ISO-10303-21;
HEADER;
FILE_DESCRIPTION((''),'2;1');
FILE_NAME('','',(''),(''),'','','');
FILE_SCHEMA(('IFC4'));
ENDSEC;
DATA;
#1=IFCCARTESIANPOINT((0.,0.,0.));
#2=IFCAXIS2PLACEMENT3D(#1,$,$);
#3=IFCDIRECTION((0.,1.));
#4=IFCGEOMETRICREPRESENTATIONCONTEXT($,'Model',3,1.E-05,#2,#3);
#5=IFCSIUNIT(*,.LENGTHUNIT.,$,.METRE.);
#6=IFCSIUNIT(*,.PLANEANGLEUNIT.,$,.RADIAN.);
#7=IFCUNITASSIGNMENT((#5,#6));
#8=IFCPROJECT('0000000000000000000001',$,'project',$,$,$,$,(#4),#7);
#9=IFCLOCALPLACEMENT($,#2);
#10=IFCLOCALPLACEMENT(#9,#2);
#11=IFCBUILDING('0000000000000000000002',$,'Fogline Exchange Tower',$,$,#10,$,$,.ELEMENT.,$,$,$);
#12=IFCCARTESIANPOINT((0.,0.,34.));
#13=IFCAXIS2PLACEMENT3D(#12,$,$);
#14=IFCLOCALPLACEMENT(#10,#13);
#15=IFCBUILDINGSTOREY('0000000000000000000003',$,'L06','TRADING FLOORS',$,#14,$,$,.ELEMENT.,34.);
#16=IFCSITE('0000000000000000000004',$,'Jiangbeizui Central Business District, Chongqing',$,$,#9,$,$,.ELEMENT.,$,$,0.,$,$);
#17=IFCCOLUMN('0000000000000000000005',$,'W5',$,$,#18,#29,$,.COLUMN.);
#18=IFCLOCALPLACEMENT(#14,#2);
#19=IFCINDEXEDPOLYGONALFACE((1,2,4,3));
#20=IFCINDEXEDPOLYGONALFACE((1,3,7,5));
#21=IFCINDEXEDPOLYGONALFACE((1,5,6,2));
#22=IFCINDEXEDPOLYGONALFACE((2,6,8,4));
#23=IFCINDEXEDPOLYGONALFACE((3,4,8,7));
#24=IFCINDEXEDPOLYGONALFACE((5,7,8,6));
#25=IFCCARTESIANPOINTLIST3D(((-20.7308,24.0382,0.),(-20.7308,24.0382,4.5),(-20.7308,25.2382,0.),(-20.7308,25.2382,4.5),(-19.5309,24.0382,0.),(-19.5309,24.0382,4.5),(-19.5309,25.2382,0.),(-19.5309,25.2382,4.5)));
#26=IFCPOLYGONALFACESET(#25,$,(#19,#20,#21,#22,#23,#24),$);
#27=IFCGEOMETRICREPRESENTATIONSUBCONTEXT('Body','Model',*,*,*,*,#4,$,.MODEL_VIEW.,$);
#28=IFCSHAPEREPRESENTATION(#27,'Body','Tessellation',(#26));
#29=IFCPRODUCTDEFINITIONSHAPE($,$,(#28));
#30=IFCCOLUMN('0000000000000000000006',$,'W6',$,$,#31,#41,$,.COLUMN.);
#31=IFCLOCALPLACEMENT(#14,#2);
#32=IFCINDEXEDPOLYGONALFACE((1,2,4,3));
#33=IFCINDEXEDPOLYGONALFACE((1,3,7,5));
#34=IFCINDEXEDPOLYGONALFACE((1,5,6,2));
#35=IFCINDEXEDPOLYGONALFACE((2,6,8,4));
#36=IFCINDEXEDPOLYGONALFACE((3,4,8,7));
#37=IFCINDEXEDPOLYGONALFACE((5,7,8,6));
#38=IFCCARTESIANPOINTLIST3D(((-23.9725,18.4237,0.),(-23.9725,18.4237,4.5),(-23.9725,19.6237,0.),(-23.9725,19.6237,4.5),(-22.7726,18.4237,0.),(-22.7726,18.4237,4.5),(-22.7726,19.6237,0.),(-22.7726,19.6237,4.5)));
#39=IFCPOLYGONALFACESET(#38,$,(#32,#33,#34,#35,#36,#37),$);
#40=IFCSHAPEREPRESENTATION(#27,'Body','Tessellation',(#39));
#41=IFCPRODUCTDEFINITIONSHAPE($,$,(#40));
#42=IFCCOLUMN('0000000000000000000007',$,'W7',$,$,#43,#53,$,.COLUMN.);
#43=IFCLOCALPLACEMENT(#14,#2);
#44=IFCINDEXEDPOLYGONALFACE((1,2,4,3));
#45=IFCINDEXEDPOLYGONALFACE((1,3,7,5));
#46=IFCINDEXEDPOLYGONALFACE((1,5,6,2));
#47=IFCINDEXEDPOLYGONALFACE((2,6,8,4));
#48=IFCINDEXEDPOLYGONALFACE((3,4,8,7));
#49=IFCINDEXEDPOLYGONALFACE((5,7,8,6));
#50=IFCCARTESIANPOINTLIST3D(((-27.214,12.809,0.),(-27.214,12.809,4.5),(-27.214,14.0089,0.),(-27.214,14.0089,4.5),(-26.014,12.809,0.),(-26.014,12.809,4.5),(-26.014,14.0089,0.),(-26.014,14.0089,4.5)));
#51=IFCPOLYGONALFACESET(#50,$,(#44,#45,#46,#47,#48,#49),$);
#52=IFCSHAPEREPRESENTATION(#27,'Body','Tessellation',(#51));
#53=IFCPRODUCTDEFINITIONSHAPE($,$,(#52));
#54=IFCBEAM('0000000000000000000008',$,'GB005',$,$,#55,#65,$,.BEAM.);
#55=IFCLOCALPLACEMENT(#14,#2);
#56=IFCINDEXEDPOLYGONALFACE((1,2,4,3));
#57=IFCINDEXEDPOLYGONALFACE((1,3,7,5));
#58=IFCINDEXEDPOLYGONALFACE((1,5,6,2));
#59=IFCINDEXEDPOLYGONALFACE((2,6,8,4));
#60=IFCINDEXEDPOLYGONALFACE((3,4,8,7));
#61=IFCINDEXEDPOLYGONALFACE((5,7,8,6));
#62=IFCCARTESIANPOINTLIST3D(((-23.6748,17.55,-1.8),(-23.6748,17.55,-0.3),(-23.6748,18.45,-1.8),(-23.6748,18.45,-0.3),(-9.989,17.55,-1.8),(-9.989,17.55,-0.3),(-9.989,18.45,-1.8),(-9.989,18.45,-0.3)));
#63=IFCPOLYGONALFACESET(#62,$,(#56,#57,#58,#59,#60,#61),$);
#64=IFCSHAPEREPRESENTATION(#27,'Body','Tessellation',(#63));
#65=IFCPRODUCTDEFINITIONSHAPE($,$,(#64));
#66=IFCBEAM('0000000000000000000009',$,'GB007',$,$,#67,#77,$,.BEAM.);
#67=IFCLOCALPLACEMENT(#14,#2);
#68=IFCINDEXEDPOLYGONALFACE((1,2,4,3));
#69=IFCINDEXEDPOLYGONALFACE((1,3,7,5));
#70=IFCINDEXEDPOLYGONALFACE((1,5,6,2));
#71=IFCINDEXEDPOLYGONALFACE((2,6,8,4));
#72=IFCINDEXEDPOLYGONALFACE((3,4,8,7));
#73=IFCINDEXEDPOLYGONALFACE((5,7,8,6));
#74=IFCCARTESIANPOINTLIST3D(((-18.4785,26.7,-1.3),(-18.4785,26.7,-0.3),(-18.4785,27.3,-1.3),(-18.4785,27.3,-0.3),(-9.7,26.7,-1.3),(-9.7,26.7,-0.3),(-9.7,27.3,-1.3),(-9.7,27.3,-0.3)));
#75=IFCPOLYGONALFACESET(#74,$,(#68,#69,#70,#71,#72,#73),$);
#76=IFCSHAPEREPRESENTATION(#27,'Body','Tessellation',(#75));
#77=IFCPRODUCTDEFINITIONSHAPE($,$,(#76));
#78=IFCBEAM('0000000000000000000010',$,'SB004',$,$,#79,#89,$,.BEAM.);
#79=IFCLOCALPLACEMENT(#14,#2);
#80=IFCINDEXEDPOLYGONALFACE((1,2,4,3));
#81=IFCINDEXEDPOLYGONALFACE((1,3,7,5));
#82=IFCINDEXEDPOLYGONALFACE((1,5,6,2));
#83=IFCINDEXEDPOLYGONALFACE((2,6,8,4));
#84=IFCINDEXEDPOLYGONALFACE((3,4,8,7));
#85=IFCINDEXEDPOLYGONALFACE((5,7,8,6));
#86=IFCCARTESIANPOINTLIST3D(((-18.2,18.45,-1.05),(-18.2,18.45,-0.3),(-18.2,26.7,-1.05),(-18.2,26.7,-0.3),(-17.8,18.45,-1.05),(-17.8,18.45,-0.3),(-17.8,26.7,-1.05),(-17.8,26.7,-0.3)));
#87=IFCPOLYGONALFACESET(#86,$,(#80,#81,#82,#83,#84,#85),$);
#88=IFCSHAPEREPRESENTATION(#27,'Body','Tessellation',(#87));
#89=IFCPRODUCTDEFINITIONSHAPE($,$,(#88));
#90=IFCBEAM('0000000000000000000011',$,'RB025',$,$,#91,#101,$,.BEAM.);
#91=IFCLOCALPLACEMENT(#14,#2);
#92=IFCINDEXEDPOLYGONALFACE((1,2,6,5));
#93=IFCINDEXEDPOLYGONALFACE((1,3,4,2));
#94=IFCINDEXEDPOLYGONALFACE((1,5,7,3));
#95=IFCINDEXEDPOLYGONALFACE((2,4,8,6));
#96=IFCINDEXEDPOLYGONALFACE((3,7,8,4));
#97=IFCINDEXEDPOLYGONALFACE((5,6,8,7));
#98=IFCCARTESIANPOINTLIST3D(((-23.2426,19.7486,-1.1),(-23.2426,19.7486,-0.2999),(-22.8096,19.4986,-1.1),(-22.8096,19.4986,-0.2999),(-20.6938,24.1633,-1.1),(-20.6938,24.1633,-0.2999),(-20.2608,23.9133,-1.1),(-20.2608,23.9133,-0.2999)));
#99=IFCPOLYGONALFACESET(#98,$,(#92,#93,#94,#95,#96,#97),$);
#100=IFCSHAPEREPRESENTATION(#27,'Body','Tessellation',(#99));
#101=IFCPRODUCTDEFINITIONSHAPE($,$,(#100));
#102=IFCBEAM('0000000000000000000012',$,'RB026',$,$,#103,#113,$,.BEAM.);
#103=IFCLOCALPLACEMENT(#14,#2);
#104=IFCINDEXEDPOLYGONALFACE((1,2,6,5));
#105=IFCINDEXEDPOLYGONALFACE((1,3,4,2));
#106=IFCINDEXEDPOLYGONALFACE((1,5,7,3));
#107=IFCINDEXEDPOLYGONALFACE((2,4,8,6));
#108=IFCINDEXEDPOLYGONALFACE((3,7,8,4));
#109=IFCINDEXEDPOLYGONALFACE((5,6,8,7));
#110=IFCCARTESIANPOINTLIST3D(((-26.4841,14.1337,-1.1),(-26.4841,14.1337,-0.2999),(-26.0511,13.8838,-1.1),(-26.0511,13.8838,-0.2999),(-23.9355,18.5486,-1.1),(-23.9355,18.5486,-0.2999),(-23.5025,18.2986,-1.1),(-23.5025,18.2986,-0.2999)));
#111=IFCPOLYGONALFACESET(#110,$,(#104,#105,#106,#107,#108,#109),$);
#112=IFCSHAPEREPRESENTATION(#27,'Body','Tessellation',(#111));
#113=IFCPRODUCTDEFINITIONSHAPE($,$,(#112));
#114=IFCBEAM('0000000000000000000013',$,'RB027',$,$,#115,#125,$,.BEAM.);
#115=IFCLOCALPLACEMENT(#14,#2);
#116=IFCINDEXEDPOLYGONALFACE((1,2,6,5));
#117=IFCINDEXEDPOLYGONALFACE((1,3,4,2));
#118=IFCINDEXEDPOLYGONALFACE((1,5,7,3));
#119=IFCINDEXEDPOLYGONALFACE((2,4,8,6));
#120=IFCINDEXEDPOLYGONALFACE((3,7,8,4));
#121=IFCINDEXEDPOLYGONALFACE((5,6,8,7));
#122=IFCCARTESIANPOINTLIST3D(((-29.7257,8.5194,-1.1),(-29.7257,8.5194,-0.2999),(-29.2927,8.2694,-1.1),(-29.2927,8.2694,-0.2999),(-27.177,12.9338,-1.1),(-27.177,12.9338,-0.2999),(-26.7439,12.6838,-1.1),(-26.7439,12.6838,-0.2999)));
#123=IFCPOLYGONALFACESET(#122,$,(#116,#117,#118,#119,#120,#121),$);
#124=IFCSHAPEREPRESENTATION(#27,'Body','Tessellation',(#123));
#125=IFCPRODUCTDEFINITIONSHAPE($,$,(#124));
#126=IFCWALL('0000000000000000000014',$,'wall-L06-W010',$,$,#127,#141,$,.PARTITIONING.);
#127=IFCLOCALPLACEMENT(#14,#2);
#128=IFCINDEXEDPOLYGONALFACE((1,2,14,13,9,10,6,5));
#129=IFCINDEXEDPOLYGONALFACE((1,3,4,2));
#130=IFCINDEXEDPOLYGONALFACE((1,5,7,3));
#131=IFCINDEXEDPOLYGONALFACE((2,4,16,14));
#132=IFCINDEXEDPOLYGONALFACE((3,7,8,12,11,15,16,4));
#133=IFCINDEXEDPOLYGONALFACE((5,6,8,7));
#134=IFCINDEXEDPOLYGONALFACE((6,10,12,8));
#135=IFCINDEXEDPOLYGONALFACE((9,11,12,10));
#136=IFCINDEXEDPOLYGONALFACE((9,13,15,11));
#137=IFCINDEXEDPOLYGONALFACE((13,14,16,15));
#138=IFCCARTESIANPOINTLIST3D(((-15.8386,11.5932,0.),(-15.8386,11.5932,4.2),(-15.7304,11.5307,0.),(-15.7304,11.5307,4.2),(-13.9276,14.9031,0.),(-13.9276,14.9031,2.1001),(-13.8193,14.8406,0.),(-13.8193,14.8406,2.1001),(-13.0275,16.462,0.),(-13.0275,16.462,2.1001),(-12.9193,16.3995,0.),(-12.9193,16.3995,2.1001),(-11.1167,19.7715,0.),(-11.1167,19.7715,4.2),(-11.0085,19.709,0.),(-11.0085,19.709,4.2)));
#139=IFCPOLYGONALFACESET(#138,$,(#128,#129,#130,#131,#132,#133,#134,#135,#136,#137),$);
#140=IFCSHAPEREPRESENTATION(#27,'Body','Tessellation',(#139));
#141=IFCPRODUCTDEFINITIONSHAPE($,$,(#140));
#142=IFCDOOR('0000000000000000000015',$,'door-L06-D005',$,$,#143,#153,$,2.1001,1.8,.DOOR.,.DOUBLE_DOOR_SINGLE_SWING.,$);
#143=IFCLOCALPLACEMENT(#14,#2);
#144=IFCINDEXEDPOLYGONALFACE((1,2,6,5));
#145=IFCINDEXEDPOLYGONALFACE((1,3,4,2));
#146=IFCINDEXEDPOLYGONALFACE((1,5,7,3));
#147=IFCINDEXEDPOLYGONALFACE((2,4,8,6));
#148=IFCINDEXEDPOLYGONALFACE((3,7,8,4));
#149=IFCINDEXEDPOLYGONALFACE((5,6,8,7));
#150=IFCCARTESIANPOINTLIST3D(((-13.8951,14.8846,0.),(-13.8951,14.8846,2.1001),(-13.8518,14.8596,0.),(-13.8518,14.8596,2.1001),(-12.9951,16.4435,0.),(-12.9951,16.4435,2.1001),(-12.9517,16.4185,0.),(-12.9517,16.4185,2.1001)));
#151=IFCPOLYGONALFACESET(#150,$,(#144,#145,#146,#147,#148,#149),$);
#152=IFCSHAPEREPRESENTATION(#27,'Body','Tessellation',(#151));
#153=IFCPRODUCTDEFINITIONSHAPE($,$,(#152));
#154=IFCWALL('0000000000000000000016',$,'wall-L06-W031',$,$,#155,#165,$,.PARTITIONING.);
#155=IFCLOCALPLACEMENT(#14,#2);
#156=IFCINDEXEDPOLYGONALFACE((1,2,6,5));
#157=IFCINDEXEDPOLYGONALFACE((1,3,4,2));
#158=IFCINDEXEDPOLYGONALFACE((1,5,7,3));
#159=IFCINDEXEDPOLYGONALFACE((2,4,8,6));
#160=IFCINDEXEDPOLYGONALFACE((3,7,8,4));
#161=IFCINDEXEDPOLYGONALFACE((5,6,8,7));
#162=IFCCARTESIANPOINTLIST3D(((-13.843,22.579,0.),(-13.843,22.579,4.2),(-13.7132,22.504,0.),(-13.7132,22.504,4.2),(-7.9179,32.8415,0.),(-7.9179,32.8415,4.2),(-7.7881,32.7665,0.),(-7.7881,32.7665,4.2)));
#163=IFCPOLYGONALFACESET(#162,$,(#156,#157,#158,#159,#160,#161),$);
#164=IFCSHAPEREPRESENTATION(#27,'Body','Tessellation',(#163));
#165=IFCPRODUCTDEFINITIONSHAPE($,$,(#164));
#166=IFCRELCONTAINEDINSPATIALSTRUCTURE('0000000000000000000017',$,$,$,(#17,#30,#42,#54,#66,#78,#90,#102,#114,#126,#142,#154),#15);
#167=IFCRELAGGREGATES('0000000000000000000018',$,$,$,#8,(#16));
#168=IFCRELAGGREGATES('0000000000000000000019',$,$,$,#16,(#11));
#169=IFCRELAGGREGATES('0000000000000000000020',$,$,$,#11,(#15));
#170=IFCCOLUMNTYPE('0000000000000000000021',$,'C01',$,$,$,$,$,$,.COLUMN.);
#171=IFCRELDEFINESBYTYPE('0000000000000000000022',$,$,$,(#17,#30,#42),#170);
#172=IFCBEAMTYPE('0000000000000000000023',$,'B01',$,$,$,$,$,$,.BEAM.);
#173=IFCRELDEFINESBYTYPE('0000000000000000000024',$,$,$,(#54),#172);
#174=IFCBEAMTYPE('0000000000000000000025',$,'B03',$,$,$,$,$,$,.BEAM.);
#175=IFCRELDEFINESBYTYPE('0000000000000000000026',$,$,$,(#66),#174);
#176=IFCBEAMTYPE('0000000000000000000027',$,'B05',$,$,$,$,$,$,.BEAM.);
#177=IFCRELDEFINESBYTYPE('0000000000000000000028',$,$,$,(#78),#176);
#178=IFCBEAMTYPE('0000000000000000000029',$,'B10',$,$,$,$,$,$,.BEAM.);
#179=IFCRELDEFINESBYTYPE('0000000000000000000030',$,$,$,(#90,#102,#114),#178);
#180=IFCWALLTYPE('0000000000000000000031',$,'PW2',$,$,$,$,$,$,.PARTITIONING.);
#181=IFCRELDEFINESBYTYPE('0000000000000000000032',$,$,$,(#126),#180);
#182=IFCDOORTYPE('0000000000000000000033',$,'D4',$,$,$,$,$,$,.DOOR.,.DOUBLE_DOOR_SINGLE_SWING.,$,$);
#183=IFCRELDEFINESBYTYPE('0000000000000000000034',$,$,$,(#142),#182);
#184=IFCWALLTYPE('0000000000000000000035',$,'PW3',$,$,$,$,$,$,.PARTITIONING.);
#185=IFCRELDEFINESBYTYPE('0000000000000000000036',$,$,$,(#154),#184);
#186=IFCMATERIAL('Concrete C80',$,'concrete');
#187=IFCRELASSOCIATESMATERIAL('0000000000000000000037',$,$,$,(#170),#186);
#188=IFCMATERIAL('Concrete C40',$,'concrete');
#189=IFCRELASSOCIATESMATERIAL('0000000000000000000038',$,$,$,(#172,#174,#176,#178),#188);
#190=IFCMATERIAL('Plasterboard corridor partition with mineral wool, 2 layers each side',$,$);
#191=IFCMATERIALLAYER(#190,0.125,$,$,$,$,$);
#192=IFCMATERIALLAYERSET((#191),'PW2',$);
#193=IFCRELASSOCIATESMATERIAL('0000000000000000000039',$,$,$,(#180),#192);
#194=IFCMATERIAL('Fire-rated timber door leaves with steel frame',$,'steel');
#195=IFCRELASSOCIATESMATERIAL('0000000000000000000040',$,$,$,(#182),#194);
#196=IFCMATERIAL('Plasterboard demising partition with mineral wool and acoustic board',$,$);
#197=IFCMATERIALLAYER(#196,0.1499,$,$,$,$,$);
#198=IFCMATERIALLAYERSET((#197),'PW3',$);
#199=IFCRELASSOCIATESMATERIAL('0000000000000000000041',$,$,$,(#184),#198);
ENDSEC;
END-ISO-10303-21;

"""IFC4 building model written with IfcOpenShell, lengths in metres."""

from ifc_helpers import new_model, si_unit, direction, frame, frame_2d, origin, origin_2d, place, context, subcontext, project, spatial, rectangle, extrude, material, layer, layer_set, material_profile, profile_set, type_object, element, fill, save


model = new_model("IFC4")

# Units and contexts
model_context = context("Model", 3, precision=1e-05, world=origin(), true_north=direction((0.0, 1.0)))
body_context = subcontext(model_context, "Body", "Model", "MODEL_VIEW")
ifc_project = project(units=[si_unit("LENGTHUNIT", "METRE"), si_unit("PLANEANGLEUNIT", "RADIAN")], contexts=[model_context])

# Site, building, storey
site_placement = place(None, origin())
site = spatial("IfcSite", under=ifc_project, at=site_placement, Name="Jiangbeizui Central Business District, Chongqing", CompositionType="ELEMENT", RefElevation=0.0)
building_placement = place(site_placement, origin())
building = spatial("IfcBuilding", under=site, at=building_placement, Name="Fogline Exchange Tower", CompositionType="ELEMENT")
storey_placement = place(building_placement, frame((0.0, 0.0, 34.0)))
storey = spatial("IfcBuildingStorey", under=building, at=storey_placement, Name="L06", Description="TRADING FLOORS", CompositionType="ELEMENT", Elevation=34.0)

# Columns
ifc_material_1 = material(Name="Concrete C80", Category="concrete")
ifc_material_profile_1 = material_profile(ifc_material_1, rectangle(XDim=1.2, YDim=1.2, at=origin_2d()), Name="RC 1200x1200")
ifc_profile_set_1 = profile_set([ifc_material_profile_1], Name="Concrete C80")
column_type = type_object("IfcColumnType", Name="C01", PredefinedType="COLUMN", material=ifc_profile_set_1)
for number, where, z_axis, x_axis, name in (
    (1, (-20.1309, 24.6382, 0.0), (0.0, 0.0, 1.0), (1.0, 0.0, 0.0), "W5"),
    (2, (-23.3726, 19.0237, 0.0), (0.0, 0.0, 1.0), (1.0, 0.0, 0.0), "W6"),
    (3, (-26.614, 13.4089, 0.0), (0.0, 0.0, 1.0), (1.0, 0.0, 0.0), "W7"),
):
    element("IfcColumn", number, at=place(storey_placement, frame(where, z_axis=z_axis, x_axis=x_axis)), inside=storey, type_object=column_type, Name=name, PredefinedType="COLUMN", context=body_context, shape_type="SweptSolid", body=[
        extrude(rectangle(XDim=1.2, YDim=1.2, at=origin_2d()), origin(), (0.0, 0.0, 1.0), 4.5),
    ])

# Beams
ifc_material_2 = material(Name="Concrete C40", Category="concrete")
ifc_material_profile_2 = material_profile(ifc_material_2, rectangle(XDim=0.8999, YDim=1.5, at=origin_2d()), Name="RC 900x1500")
ifc_profile_set_2 = profile_set([ifc_material_profile_2], Name="Concrete C40")
beam_type_1 = type_object("IfcBeamType", Name="B01", PredefinedType="BEAM", material=ifc_profile_set_2)
beam_1_placement = place(storey_placement, frame((-23.6748, 18.0, -1.05), z_axis=(1.0, 0.0, 0.0), x_axis=(0.0, 1.0, 0.0)))
element("IfcBeam", 4, at=beam_1_placement, inside=storey, type_object=beam_type_1, Name="GB005", PredefinedType="BEAM", context=body_context, shape_type="SweptSolid", body=[
    extrude(rectangle(XDim=0.8999, YDim=1.5, at=origin_2d()), origin(), (0.0, 0.0, 1.0), 13.6858),
])
ifc_material_profile_3 = material_profile(ifc_material_2, rectangle(XDim=0.6001, YDim=1.0, at=origin_2d()), Name="RC 600x1000")
ifc_profile_set_3 = profile_set([ifc_material_profile_3], Name="Concrete C40")
beam_type_2 = type_object("IfcBeamType", Name="B03", PredefinedType="BEAM", material=ifc_profile_set_3)
beam_2_placement = place(storey_placement, frame((-18.4785, 27.0, -0.8), z_axis=(1.0, 0.0, 0.0), x_axis=(0.0, 1.0, 0.0)))
element("IfcBeam", 5, at=beam_2_placement, inside=storey, type_object=beam_type_2, Name="GB007", PredefinedType="BEAM", context=body_context, shape_type="SweptSolid", body=[
    extrude(rectangle(XDim=0.6001, YDim=1.0, at=origin_2d()), origin(), (0.0, 0.0, 1.0), 8.7786),
])
ifc_material_profile_4 = material_profile(ifc_material_2, rectangle(XDim=0.3999, YDim=0.75, at=origin_2d()), Name="RC 400x750")
ifc_profile_set_4 = profile_set([ifc_material_profile_4], Name="Concrete C40")
beam_type_3 = type_object("IfcBeamType", Name="B05", PredefinedType="BEAM", material=ifc_profile_set_4)
beam_3_placement = place(storey_placement, frame((-18.0, 18.45, -0.675), z_axis=(0.0, 1.0, 0.0), x_axis=(-1.0, 0.0, 0.0)))
element("IfcBeam", 6, at=beam_3_placement, inside=storey, type_object=beam_type_3, Name="SB004", PredefinedType="BEAM", context=body_context, shape_type="SweptSolid", body=[
    extrude(rectangle(XDim=0.3999, YDim=0.75, at=origin_2d()), origin(), (0.0, 0.0, 1.0), 8.25),
])
ifc_material_profile_5 = material_profile(ifc_material_2, rectangle(XDim=0.5, YDim=0.8, at=origin_2d()), Name="RC 500x800")
ifc_profile_set_5 = profile_set([ifc_material_profile_5], Name="Concrete C40")
beam_type_4 = type_object("IfcBeamType", Name="B10", PredefinedType="BEAM", material=ifc_profile_set_5)
for number, where, z_axis, x_axis, name in (
    (7, (-20.4773, 24.0383, -0.7), (-0.499992, -0.86603, 0.0), (0.86603, -0.499992, 0.0), "RB025"),
    (8, (-23.719, 18.4236, -0.7), (-0.499956, -0.866051, 0.0), (0.866051, -0.499956, 0.0), "RB026"),
):
    element("IfcBeam", number, at=place(storey_placement, frame(where, z_axis=z_axis, x_axis=x_axis)), inside=storey, type_object=beam_type_4, Name=name, PredefinedType="BEAM", context=body_context, shape_type="SweptSolid", body=[
        extrude(rectangle(XDim=0.5, YDim=0.8, at=origin_2d()), origin(), (0.0, 0.0, 1.0), 5.0977),
    ])
beam_4_placement = place(storey_placement, frame((-26.9604, 12.8088, -0.7), z_axis=(-0.500013, -0.866018, 0.0), x_axis=(0.866018, -0.500013, 0.0)))
element("IfcBeam", 9, at=beam_4_placement, inside=storey, type_object=beam_type_4, Name="RB027", PredefinedType="BEAM", context=body_context, shape_type="SweptSolid", body=[
    extrude(rectangle(XDim=0.5, YDim=0.8, at=origin_2d()), origin(), (0.0, 0.0, 1.0), 5.0974),
])

# Wall, opening, door
ifc_material_3 = material(Name="Plasterboard corridor partition with mineral wool, 2 layers each side")
ifc_layer_1 = layer(ifc_material_3, 0.125)
ifc_layer_set_1 = layer_set([ifc_layer_1], Name="PW2")
wall_type_1 = type_object("IfcWallType", Name="PW2", PredefinedType="PARTITIONING", material=ifc_layer_set_1)
wall_1_placement = place(storey_placement, frame((-15.7844, 11.562, 0.0), z_axis=(0.0, 0.0, 1.0), x_axis=(0.500007, 0.866022, 0.0)))
wall_1 = element("IfcWall", 10, at=wall_1_placement, inside=storey, type_object=wall_type_1, Name="wall-L06-W010", PredefinedType="PARTITIONING", context=body_context, shape_type="SweptSolid", body=[
    extrude(rectangle(XDim=9.4436, YDim=0.125, at=frame_2d((4.7217, 0.0))), origin(), (0.0, 0.0, 1.0), 4.2),
])
opening_1_placement = place(wall_1_placement, frame((3.822, 0.0, 0.0)))
opening_1 = element("IfcOpeningElement", 11, at=opening_1_placement, cuts=wall_1, PredefinedType="OPENING", context=body_context, shape_type="SweptSolid", body=[
    extrude(rectangle(XDim=1.8, YDim=2.1001, at=frame_2d((0.8999, 1.05))), frame((0.0, 0.0725, 0.0), z_axis=(0.0, -1.0, 0.0), x_axis=(1.0, 0.0, 0.0)), (0.0, 0.0, 1.0), 0.145),
])
ifc_material_4 = material(Name="Fire-rated timber door leaves with steel frame", Category="steel")
door_type_1 = type_object("IfcDoorType", Name="D4", OperationType="DOUBLE_DOOR_SINGLE_SWING", PredefinedType="DOOR", material=ifc_material_4)
door_1_placement = place(opening_1_placement, frame((1.8, 0.0, 0.0), z_axis=(0.0, 0.0, 1.0), x_axis=(-1.0, 0.0, 0.0)))
door_1 = element("IfcDoor", 12, at=door_1_placement, inside=storey, type_object=door_type_1, Name="door-L06-D005", OperationType="DOUBLE_DOOR_SINGLE_SWING", OverallHeight=2.1001, OverallWidth=1.8, PredefinedType="DOOR", context=body_context, shape_type="SweptSolid", body=[
    extrude(rectangle(XDim=1.8, YDim=2.1001, at=frame_2d((0.8999, 1.05))), frame((0.0, 0.0249, 0.0), z_axis=(0.0, -1.0, 0.0), x_axis=(1.0, 0.0, 0.0)), (0.0, 0.0, 1.0), 0.05),
])
fill(opening_1, door_1)

# Wall
ifc_material_5 = material(Name="Plasterboard demising partition with mineral wool and acoustic board")
ifc_layer_2 = layer(ifc_material_5, 0.1499)
ifc_layer_set_2 = layer_set([ifc_layer_2], Name="PW3")
wall_type_2 = type_object("IfcWallType", Name="PW3", PredefinedType="PARTITIONING", material=ifc_layer_set_2)
wall_2_placement = place(storey_placement, frame((-13.7781, 22.5415, 0.0), z_axis=(0.0, 0.0, 1.0), x_axis=(0.500001, 0.866025, 0.0)))
element("IfcWall", 13, at=wall_2_placement, inside=storey, type_object=wall_type_2, Name="wall-L06-W031", PredefinedType="PARTITIONING", context=body_context, shape_type="SweptSolid", body=[
    extrude(rectangle(XDim=11.8501, YDim=0.1499, at=frame_2d((5.925, 0.0))), origin(), (0.0, 0.0, 1.0), 4.2),
])

save(model, "model.ifc")
